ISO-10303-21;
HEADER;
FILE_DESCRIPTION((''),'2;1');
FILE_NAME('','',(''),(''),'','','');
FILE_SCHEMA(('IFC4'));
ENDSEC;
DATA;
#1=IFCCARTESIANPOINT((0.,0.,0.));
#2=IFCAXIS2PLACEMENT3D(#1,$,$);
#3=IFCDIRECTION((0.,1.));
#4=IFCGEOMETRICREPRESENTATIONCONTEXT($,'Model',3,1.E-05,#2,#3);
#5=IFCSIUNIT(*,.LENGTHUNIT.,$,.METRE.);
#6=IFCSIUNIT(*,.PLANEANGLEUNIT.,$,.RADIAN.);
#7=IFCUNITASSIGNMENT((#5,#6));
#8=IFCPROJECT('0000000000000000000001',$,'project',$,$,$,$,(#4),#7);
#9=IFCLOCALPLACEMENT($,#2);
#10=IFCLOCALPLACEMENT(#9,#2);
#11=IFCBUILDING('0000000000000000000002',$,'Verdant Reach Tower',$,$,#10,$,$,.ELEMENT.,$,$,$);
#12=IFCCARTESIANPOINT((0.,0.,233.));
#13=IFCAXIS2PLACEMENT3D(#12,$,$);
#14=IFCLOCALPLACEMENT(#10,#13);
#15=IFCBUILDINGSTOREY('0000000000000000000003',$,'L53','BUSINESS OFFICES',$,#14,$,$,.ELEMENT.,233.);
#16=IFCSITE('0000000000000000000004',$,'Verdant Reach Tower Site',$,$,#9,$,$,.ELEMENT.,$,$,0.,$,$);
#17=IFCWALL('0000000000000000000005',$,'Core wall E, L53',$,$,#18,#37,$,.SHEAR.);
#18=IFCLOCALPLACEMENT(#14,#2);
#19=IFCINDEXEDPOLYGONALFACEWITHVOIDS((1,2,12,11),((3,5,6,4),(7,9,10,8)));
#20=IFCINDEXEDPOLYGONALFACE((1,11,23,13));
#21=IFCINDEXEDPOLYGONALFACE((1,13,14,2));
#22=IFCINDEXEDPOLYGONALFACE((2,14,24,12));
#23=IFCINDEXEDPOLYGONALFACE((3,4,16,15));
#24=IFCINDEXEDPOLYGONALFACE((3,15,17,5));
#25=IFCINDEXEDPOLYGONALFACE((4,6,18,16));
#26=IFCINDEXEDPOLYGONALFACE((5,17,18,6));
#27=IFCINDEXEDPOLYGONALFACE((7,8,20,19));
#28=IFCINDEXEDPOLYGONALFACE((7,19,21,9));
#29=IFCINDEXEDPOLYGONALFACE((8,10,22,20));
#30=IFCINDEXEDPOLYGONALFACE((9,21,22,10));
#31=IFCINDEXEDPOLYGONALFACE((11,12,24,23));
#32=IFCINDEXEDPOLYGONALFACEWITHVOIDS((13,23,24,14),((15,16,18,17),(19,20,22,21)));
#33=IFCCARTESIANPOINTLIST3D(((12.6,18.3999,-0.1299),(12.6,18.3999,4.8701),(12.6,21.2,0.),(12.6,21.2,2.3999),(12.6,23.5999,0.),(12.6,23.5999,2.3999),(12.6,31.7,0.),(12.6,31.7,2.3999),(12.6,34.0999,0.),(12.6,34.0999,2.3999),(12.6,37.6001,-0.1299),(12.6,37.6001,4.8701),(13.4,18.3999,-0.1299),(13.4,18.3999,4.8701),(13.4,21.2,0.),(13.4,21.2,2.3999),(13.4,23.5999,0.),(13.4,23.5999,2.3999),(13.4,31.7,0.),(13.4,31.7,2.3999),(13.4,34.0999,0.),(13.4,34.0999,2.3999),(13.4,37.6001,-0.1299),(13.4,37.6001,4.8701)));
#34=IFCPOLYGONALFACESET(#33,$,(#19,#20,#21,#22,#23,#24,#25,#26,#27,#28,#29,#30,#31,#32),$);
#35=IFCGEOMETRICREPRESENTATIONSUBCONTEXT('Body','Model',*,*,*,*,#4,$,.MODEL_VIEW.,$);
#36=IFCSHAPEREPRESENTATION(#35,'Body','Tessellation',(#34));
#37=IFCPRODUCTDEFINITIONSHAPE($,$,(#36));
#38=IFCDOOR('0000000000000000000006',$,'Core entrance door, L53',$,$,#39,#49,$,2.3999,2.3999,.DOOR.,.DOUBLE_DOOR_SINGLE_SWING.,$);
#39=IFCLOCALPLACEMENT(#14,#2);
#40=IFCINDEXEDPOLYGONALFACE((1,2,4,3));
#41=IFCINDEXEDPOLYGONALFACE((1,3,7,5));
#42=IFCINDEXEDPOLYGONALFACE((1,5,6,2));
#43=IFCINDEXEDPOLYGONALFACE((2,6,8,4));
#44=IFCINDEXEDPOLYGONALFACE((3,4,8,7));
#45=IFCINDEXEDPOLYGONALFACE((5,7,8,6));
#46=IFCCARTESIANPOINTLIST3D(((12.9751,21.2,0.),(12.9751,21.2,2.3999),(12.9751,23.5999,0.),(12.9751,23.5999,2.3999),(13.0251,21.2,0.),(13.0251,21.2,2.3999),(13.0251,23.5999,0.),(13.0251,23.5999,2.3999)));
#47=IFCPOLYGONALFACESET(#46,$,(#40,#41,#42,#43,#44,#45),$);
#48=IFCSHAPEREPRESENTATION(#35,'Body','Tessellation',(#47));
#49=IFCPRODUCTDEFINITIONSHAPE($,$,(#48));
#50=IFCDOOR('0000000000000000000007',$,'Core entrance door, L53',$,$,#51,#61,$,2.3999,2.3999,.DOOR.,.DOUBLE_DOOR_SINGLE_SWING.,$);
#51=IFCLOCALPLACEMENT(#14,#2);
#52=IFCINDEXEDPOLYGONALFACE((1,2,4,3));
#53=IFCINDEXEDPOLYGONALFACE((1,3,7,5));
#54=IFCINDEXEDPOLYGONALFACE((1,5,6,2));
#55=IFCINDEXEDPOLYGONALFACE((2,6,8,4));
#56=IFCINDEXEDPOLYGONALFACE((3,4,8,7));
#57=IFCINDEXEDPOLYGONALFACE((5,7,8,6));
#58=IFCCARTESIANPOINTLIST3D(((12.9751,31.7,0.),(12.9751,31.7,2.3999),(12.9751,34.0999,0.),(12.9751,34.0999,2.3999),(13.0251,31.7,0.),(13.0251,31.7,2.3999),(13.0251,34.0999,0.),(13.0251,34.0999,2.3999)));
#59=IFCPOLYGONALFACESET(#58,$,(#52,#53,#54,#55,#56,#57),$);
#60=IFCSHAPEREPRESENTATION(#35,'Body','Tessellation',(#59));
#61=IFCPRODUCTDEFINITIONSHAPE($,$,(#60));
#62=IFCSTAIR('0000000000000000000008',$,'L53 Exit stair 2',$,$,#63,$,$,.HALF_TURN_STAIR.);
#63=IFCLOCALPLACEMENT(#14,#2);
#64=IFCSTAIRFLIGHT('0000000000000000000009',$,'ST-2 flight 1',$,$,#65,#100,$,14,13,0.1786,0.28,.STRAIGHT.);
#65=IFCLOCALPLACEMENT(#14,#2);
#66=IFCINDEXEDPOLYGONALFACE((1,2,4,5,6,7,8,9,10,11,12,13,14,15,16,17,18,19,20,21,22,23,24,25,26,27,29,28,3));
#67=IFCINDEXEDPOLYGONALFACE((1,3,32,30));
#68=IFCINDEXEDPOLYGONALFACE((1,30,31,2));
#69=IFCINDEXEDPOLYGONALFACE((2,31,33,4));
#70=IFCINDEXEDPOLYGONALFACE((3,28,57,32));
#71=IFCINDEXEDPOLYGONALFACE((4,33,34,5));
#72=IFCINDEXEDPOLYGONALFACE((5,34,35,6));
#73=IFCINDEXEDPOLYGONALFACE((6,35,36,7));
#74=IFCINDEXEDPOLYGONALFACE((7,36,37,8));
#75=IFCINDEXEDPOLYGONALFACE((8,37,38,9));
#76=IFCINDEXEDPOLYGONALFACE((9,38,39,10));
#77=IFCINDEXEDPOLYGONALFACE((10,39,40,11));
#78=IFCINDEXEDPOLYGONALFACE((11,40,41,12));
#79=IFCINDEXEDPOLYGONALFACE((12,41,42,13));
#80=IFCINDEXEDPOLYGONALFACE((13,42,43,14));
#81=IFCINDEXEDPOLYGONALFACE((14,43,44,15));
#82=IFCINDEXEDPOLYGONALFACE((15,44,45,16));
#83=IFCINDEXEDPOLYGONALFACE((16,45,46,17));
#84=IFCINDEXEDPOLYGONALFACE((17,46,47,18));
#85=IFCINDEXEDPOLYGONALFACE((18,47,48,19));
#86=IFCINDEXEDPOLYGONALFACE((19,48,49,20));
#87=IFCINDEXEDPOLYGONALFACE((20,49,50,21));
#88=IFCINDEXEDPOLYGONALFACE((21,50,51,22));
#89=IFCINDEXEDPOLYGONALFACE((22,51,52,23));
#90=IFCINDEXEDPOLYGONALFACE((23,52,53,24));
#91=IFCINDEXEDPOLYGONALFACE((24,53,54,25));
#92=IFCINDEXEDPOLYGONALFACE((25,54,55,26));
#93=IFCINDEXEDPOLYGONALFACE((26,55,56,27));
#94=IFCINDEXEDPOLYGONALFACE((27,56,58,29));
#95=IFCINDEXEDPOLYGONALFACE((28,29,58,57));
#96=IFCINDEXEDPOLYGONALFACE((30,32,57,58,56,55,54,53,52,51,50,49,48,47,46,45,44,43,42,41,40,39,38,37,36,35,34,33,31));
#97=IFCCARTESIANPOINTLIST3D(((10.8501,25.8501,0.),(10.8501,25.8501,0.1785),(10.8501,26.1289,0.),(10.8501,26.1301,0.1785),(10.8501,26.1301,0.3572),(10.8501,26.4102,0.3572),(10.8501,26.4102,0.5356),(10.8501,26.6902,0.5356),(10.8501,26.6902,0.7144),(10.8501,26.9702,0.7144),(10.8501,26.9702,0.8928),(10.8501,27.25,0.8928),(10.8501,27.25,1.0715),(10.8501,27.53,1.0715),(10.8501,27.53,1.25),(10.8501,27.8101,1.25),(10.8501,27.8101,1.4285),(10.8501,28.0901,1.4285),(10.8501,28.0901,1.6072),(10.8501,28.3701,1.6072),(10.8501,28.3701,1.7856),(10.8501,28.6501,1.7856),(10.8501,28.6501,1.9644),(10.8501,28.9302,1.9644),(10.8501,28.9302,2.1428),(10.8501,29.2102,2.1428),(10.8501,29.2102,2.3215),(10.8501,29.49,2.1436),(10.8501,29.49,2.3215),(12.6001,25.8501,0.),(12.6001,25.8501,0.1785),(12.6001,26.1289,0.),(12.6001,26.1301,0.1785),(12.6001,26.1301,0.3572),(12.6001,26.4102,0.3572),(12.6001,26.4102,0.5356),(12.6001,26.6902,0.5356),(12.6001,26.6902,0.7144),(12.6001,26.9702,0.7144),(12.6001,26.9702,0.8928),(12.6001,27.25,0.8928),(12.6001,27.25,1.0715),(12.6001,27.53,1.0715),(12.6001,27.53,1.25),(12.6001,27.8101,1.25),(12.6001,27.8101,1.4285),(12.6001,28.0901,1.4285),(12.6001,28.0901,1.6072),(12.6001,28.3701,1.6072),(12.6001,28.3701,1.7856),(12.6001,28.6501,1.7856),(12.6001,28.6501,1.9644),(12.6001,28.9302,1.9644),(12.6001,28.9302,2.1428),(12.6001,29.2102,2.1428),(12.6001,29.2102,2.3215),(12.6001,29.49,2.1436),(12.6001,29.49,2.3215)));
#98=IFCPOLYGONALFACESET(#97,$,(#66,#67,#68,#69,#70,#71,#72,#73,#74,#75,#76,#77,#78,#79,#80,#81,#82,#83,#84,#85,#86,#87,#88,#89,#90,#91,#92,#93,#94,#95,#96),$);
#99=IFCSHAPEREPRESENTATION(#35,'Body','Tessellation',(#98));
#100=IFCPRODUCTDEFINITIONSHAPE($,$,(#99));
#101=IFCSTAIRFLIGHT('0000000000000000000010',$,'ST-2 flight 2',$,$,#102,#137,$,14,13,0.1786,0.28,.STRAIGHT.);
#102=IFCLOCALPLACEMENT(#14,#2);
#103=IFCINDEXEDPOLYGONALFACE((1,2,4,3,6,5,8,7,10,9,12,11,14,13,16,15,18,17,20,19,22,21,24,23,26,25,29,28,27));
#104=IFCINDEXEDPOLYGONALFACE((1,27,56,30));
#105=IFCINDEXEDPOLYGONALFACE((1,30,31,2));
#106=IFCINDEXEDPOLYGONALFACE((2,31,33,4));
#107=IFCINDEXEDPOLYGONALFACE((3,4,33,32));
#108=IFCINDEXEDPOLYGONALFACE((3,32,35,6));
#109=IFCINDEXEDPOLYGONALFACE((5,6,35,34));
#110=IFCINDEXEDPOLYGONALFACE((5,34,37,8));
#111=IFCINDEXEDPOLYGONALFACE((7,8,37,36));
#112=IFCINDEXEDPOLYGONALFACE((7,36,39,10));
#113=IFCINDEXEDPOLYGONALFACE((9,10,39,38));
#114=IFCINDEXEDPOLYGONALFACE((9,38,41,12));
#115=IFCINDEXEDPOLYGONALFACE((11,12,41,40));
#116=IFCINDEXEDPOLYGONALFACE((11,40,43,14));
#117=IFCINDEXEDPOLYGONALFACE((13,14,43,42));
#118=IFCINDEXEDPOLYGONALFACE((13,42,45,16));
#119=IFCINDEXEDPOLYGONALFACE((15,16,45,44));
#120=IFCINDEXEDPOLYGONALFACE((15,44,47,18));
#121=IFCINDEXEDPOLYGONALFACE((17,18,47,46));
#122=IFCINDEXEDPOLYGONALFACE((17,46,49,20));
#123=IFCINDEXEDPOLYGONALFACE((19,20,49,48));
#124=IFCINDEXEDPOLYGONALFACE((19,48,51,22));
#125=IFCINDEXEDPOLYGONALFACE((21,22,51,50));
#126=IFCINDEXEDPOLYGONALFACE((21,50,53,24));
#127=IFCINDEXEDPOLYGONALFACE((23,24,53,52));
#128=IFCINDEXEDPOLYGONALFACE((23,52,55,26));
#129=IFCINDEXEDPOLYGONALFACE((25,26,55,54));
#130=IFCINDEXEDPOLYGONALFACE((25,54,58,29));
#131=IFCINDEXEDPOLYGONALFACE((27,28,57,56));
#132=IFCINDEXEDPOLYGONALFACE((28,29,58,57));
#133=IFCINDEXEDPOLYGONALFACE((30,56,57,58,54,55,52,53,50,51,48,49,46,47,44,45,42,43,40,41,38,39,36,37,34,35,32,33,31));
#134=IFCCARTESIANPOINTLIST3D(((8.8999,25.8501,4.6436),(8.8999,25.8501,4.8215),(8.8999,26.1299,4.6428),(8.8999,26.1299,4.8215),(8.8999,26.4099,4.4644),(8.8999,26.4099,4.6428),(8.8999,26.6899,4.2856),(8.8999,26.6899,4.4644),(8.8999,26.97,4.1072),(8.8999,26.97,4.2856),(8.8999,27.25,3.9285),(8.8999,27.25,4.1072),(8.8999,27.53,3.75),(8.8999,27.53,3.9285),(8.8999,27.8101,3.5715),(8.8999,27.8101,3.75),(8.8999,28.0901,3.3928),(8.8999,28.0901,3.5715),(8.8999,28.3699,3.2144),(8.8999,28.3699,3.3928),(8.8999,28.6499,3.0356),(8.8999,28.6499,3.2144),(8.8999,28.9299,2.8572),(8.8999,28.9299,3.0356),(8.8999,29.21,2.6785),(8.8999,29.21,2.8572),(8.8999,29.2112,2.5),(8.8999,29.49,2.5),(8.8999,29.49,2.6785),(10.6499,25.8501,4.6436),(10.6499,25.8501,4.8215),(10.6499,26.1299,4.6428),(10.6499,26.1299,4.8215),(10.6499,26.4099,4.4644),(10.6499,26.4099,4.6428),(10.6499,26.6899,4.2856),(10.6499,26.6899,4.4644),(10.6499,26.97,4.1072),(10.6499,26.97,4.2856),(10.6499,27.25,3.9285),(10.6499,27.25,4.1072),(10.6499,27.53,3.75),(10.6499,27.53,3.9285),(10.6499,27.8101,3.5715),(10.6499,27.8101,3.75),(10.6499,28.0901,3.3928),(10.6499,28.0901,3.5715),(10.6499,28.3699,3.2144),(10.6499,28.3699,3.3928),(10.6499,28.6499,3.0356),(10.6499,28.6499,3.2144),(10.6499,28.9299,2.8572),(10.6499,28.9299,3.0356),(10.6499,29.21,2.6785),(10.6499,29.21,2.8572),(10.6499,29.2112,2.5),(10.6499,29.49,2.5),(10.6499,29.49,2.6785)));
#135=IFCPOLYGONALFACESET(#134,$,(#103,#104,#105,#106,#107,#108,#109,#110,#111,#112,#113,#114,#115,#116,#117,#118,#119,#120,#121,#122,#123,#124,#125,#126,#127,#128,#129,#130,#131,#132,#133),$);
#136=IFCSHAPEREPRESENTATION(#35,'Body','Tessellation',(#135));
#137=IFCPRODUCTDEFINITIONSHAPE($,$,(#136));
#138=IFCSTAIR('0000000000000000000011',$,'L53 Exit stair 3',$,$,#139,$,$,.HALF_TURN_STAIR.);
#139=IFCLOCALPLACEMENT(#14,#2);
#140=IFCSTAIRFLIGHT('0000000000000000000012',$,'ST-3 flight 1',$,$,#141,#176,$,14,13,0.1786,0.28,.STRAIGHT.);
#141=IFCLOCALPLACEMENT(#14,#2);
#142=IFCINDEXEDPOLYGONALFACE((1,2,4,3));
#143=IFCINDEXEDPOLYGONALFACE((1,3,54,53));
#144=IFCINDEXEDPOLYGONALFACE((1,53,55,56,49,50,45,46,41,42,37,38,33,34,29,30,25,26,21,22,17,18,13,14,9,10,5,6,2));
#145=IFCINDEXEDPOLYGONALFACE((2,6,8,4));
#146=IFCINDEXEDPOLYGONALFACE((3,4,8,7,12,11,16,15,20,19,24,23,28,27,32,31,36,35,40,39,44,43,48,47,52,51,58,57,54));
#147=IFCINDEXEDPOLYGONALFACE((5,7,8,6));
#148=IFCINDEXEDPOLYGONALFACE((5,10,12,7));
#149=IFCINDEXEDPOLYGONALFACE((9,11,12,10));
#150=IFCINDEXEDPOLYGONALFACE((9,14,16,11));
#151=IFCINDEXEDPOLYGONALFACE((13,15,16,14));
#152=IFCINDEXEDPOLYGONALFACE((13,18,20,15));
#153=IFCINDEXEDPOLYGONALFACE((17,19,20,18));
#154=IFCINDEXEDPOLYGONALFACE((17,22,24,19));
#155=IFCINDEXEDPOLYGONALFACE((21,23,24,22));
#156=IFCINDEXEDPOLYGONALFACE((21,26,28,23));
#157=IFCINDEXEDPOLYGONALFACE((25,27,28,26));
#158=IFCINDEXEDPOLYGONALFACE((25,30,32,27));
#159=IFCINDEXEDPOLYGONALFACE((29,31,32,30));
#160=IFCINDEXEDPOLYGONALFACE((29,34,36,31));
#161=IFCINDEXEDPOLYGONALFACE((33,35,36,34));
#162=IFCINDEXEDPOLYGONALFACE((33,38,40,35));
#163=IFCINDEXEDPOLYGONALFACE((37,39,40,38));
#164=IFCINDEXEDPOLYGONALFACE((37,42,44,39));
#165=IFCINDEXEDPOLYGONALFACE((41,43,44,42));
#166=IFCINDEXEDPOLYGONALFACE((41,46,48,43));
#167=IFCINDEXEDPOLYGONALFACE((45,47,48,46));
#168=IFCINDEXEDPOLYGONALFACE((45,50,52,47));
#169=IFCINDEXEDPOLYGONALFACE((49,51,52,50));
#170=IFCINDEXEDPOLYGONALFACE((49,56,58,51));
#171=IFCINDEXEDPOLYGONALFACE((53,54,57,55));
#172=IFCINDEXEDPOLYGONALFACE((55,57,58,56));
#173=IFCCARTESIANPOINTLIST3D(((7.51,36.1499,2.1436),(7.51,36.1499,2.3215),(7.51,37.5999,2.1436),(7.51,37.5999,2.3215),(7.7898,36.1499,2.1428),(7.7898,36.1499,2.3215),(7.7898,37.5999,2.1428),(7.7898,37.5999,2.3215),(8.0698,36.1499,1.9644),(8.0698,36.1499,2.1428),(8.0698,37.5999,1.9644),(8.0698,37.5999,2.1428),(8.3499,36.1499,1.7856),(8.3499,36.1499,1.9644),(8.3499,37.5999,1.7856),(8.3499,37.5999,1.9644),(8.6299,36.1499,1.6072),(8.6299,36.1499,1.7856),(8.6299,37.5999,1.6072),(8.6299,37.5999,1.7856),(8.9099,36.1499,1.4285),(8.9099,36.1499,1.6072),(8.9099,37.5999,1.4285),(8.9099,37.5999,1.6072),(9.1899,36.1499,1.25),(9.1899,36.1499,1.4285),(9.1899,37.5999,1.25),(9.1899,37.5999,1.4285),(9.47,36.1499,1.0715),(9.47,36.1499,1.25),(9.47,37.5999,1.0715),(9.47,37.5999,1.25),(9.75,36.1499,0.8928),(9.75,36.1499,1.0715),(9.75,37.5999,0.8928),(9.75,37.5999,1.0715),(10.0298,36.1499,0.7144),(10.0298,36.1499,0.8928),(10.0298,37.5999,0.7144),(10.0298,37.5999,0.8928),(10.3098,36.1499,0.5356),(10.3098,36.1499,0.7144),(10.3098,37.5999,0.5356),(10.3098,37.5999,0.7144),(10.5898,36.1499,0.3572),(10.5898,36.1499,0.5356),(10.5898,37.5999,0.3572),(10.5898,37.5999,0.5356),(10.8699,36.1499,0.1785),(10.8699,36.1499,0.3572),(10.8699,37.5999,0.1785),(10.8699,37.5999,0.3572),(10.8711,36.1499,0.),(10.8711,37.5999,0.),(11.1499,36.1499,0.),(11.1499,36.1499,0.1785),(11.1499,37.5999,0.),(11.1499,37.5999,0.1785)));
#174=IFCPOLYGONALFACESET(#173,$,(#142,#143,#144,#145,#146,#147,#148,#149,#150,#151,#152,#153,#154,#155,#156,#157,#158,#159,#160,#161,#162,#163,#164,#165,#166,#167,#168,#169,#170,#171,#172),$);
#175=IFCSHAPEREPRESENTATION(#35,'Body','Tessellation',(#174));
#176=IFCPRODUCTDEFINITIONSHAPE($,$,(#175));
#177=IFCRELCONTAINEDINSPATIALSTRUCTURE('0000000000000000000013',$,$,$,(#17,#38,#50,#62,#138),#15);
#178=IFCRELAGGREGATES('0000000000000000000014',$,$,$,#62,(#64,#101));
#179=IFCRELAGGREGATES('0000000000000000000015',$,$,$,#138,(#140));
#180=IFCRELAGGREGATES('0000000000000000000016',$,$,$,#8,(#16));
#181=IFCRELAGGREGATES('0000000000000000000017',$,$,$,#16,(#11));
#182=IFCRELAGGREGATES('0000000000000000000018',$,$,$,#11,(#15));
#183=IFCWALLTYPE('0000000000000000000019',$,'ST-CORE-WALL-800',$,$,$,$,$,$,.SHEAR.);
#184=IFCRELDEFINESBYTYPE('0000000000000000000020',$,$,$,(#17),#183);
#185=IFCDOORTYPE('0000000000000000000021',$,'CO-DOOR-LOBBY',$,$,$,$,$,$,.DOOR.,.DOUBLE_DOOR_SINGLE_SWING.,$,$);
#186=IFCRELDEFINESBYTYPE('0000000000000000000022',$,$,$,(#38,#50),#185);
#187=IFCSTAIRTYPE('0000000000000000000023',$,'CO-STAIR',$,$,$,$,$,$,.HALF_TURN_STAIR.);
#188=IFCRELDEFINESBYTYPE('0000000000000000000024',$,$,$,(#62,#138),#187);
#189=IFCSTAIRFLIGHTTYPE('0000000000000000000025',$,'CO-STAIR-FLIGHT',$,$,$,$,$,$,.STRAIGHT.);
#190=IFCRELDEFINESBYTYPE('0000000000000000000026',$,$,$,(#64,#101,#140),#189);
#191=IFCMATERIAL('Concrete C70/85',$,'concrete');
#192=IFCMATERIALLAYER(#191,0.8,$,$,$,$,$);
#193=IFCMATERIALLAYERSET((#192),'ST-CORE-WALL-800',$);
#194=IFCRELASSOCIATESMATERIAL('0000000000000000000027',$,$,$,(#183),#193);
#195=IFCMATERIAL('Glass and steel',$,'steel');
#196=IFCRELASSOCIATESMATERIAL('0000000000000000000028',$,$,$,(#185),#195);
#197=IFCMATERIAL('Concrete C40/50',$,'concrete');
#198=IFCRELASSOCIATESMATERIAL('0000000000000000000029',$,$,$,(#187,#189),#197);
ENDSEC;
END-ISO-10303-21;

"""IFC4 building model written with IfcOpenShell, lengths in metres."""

from ifc_helpers import new_model, si_unit, direction, frame, frame_2d, origin, place, context, subcontext, project, spatial, polyline, rectangle, outline, extrude, material, layer, layer_set, type_object, element, fill, aggregate, save


model = new_model("IFC4")

# Units and contexts
model_context = context("Model", 3, precision=1e-05, world=origin(), true_north=direction((0.0, 1.0)))
body_context = subcontext(model_context, "Body", "Model", "MODEL_VIEW")
ifc_project = project(units=[si_unit("LENGTHUNIT", "METRE"), si_unit("PLANEANGLEUNIT", "RADIAN")], contexts=[model_context])

# Site, building, storey
site_placement = place(None, origin())
site = spatial("IfcSite", under=ifc_project, at=site_placement, Name="Verdant Reach Tower Site", CompositionType="ELEMENT", RefElevation=0.0)
building_placement = place(site_placement, origin())
building = spatial("IfcBuilding", under=site, at=building_placement, Name="Verdant Reach Tower", CompositionType="ELEMENT")
storey_placement = place(building_placement, frame((0.0, 0.0, 233.0)))
storey = spatial("IfcBuildingStorey", under=building, at=storey_placement, Name="L53", Description="BUSINESS OFFICES", CompositionType="ELEMENT", Elevation=233.0)

# Shared definitions
ifc_material_1 = material(Name="Concrete C40/50", Category="concrete")

# Wall, openings, doors
ifc_material_2 = material(Name="Concrete C70/85", Category="concrete")
ifc_layer_1 = layer(ifc_material_2, 0.8)
ifc_layer_set_1 = layer_set([ifc_layer_1], Name="ST-CORE-WALL-800")
wall_type_1 = type_object("IfcWallType", Name="ST-CORE-WALL-800", PredefinedType="SHEAR", material=ifc_layer_set_1)
wall_1_placement = place(storey_placement, frame((13.0, 18.3999, -0.1299), z_axis=(0.0, 0.0, 1.0), x_axis=(0.0, 1.0, 0.0)))
wall_1 = element("IfcWall", 1, at=wall_1_placement, inside=storey, type_object=wall_type_1, Name="Core wall E, L53", PredefinedType="SHEAR", context=body_context, shape_type="SweptSolid", body=[
    extrude(rectangle(XDim=19.2002, YDim=0.8, at=frame_2d((9.6001, 0.0))), origin(), (0.0, 0.0, 1.0), 5.0),
])
opening_1_placement = place(wall_1_placement, frame((2.8, 0.0, 0.1299)))
opening_1 = element("IfcOpeningElement", 2, at=opening_1_placement, cuts=wall_1, PredefinedType="OPENING", context=body_context, shape_type="SweptSolid", body=[
    extrude(rectangle(XDim=2.3999, YDim=2.3999, at=frame_2d((1.2, 1.2))), frame((0.0, 0.4099, 0.0), z_axis=(0.0, -1.0, 0.0), x_axis=(1.0, 0.0, 0.0)), (0.0, 0.0, 1.0), 0.8201),
])
opening_2_placement = place(wall_1_placement, frame((13.3, 0.0, 0.1299)))
opening_2 = element("IfcOpeningElement", 3, at=opening_2_placement, cuts=wall_1, PredefinedType="OPENING", context=body_context, shape_type="SweptSolid", body=[
    extrude(rectangle(XDim=2.3999, YDim=2.3999, at=frame_2d((1.2, 1.2))), frame((0.0, 0.4099, 0.0), z_axis=(0.0, -1.0, 0.0), x_axis=(1.0, 0.0, 0.0)), (0.0, 0.0, 1.0), 0.8201),
])
ifc_material_3 = material(Name="Glass and steel", Category="steel")
door_type_1 = type_object("IfcDoorType", Name="CO-DOOR-LOBBY", OperationType="DOUBLE_DOOR_SINGLE_SWING", PredefinedType="DOOR", material=ifc_material_3)
door_1_placement = place(opening_1_placement, origin())
door_1 = element("IfcDoor", 4, at=door_1_placement, inside=storey, type_object=door_type_1, Name="Core entrance door, L53", OperationType="DOUBLE_DOOR_SINGLE_SWING", OverallHeight=2.3999, OverallWidth=2.3999, PredefinedType="DOOR", context=body_context, shape_type="SweptSolid", body=[
    extrude(rectangle(XDim=2.3999, YDim=2.3999, at=frame_2d((1.2, 1.2))), frame((0.0, 0.0249, 0.0), z_axis=(0.0, -1.0, 0.0), x_axis=(1.0, 0.0, 0.0)), (0.0, 0.0, 1.0), 0.05),
])
fill(opening_1, door_1)
door_2_placement = place(opening_2_placement, origin())
door_2 = element("IfcDoor", 5, at=door_2_placement, inside=storey, type_object=door_type_1, Name="Core entrance door, L53", OperationType="DOUBLE_DOOR_SINGLE_SWING", OverallHeight=2.3999, OverallWidth=2.3999, PredefinedType="DOOR", context=body_context, shape_type="SweptSolid", body=[
    extrude(rectangle(XDim=2.3999, YDim=2.3999, at=frame_2d((1.2, 1.2))), frame((0.0, 0.0249, 0.0), z_axis=(0.0, -1.0, 0.0), x_axis=(1.0, 0.0, 0.0)), (0.0, 0.0, 1.0), 0.05),
])
fill(opening_2, door_2)

# Stairs, stair flights
stair_type = type_object("IfcStairType", Name="CO-STAIR", PredefinedType="HALF_TURN_STAIR", material=ifc_material_1)
stair_1_placement = place(storey_placement, origin())
stair_1 = element("IfcStair", 6, at=stair_1_placement, inside=storey, type_object=stair_type, Name="L53 Exit stair 2", PredefinedType="HALF_TURN_STAIR")
stair_flight_type = type_object("IfcStairFlightType", Name="CO-STAIR-FLIGHT", PredefinedType="STRAIGHT", material=ifc_material_1)
stair_flight_1_placement = place(storey_placement, frame((11.7251, 25.8501, 0.0), z_axis=(0.0, 0.0, 1.0), x_axis=(0.0, 1.0, 0.0)))
stair_flight_1 = element("IfcStairFlight", 7, at=stair_flight_1_placement, type_object=stair_flight_type, Name="ST-2 flight 1", NumberOfRisers=14, NumberOfTreads=13, PredefinedType="STRAIGHT", RiserHeight=0.1786, TreadLength=0.28, context=body_context, shape_type="SweptSolid", body=[
    extrude(outline(polyline([(0.0, 0.0), (0.0, 0.1785), (0.28, 0.1785), (0.28, 0.3572), (0.5601, 0.3572), (0.5601, 0.5356), (0.8401, 0.5356), (0.8401, 0.7144), (1.1201, 0.7144), (1.1201, 0.8928), (1.3999, 0.8928), (1.3999, 1.0715), (1.6799, 1.0715), (1.6799, 1.25), (1.96, 1.25), (1.96, 1.4285), (2.24, 1.4285), (2.24, 1.6072), (2.52, 1.6072), (2.52, 1.7856), (2.8, 1.7856), (2.8, 1.9644), (3.0801, 1.9644), (3.0801, 2.1428), (3.3601, 2.1428), (3.3601, 2.3215), (3.6399, 2.3215), (3.6399, 2.5), (3.6399, 2.1436), (0.2788, 0.0), (0.0, 0.0)])), frame((0.0, 0.875, 0.0), z_axis=(0.0, -1.0, 0.0), x_axis=(1.0, 0.0, 0.0)), (0.0, 0.0, 1.0), 1.75),
])
stair_flight_2_placement = place(storey_placement, frame((9.7749, 29.49, 2.5), z_axis=(0.0, 0.0, 1.0), x_axis=(0.0, -1.0, 0.0)))
stair_flight_2 = element("IfcStairFlight", 8, at=stair_flight_2_placement, type_object=stair_flight_type, Name="ST-2 flight 2", NumberOfRisers=14, NumberOfTreads=13, PredefinedType="STRAIGHT", RiserHeight=0.1786, TreadLength=0.28, context=body_context, shape_type="SweptSolid", body=[
    extrude(outline(polyline([(0.0, 0.0), (0.0, 0.1785), (0.28, 0.1785), (0.28, 0.3572), (0.5601, 0.3572), (0.5601, 0.5356), (0.8401, 0.5356), (0.8401, 0.7144), (1.1201, 0.7144), (1.1201, 0.8928), (1.3999, 0.8928), (1.3999, 1.0715), (1.6799, 1.0715), (1.6799, 1.25), (1.96, 1.25), (1.96, 1.4285), (2.24, 1.4285), (2.24, 1.6072), (2.52, 1.6072), (2.52, 1.7856), (2.8, 1.7856), (2.8, 1.9644), (3.0801, 1.9644), (3.0801, 2.1428), (3.3601, 2.1428), (3.3601, 2.3215), (3.6399, 2.3215), (3.6399, 2.5), (3.6399, 2.1436), (0.2788, 0.0), (0.0, 0.0)])), frame((0.0, 0.875, 0.0), z_axis=(0.0, -1.0, 0.0), x_axis=(1.0, 0.0, 0.0)), (0.0, 0.0, 1.0), 1.75),
])
aggregate(stair_1, [stair_flight_1, stair_flight_2])
stair_2_placement = place(storey_placement, origin())
stair_2 = element("IfcStair", 9, at=stair_2_placement, inside=storey, type_object=stair_type, Name="L53 Exit stair 3", PredefinedType="HALF_TURN_STAIR")
stair_flight_3_placement = place(storey_placement, frame((11.1499, 36.875, 0.0), z_axis=(0.0, 0.0, 1.0), x_axis=(-1.0, 0.0, 0.0)))
stair_flight_3 = element("IfcStairFlight", 10, at=stair_flight_3_placement, type_object=stair_flight_type, Name="ST-3 flight 1", NumberOfRisers=14, NumberOfTreads=13, PredefinedType="STRAIGHT", RiserHeight=0.1786, TreadLength=0.28, context=body_context, shape_type="SweptSolid", body=[
    extrude(outline(polyline([(0.0, 0.0), (0.0, 0.1785), (0.28, 0.1785), (0.28, 0.3572), (0.5601, 0.3572), (0.5601, 0.5356), (0.8401, 0.5356), (0.8401, 0.7144), (1.1201, 0.7144), (1.1201, 0.8928), (1.3999, 0.8928), (1.3999, 1.0715), (1.6799, 1.0715), (1.6799, 1.25), (1.96, 1.25), (1.96, 1.4285), (2.24, 1.4285), (2.24, 1.6072), (2.52, 1.6072), (2.52, 1.7856), (2.8, 1.7856), (2.8, 1.9644), (3.0801, 1.9644), (3.0801, 2.1428), (3.3601, 2.1428), (3.3601, 2.3215), (3.6399, 2.3215), (3.6399, 2.5), (3.6399, 2.1436), (0.2788, 0.0), (0.0, 0.0)])), frame((0.0, 0.7251, 0.0), z_axis=(0.0, -1.0, 0.0), x_axis=(1.0, 0.0, 0.0)), (0.0, 0.0, 1.0), 1.45),
])
aggregate(stair_2, [stair_flight_3])

save(model, "model.ifc")
